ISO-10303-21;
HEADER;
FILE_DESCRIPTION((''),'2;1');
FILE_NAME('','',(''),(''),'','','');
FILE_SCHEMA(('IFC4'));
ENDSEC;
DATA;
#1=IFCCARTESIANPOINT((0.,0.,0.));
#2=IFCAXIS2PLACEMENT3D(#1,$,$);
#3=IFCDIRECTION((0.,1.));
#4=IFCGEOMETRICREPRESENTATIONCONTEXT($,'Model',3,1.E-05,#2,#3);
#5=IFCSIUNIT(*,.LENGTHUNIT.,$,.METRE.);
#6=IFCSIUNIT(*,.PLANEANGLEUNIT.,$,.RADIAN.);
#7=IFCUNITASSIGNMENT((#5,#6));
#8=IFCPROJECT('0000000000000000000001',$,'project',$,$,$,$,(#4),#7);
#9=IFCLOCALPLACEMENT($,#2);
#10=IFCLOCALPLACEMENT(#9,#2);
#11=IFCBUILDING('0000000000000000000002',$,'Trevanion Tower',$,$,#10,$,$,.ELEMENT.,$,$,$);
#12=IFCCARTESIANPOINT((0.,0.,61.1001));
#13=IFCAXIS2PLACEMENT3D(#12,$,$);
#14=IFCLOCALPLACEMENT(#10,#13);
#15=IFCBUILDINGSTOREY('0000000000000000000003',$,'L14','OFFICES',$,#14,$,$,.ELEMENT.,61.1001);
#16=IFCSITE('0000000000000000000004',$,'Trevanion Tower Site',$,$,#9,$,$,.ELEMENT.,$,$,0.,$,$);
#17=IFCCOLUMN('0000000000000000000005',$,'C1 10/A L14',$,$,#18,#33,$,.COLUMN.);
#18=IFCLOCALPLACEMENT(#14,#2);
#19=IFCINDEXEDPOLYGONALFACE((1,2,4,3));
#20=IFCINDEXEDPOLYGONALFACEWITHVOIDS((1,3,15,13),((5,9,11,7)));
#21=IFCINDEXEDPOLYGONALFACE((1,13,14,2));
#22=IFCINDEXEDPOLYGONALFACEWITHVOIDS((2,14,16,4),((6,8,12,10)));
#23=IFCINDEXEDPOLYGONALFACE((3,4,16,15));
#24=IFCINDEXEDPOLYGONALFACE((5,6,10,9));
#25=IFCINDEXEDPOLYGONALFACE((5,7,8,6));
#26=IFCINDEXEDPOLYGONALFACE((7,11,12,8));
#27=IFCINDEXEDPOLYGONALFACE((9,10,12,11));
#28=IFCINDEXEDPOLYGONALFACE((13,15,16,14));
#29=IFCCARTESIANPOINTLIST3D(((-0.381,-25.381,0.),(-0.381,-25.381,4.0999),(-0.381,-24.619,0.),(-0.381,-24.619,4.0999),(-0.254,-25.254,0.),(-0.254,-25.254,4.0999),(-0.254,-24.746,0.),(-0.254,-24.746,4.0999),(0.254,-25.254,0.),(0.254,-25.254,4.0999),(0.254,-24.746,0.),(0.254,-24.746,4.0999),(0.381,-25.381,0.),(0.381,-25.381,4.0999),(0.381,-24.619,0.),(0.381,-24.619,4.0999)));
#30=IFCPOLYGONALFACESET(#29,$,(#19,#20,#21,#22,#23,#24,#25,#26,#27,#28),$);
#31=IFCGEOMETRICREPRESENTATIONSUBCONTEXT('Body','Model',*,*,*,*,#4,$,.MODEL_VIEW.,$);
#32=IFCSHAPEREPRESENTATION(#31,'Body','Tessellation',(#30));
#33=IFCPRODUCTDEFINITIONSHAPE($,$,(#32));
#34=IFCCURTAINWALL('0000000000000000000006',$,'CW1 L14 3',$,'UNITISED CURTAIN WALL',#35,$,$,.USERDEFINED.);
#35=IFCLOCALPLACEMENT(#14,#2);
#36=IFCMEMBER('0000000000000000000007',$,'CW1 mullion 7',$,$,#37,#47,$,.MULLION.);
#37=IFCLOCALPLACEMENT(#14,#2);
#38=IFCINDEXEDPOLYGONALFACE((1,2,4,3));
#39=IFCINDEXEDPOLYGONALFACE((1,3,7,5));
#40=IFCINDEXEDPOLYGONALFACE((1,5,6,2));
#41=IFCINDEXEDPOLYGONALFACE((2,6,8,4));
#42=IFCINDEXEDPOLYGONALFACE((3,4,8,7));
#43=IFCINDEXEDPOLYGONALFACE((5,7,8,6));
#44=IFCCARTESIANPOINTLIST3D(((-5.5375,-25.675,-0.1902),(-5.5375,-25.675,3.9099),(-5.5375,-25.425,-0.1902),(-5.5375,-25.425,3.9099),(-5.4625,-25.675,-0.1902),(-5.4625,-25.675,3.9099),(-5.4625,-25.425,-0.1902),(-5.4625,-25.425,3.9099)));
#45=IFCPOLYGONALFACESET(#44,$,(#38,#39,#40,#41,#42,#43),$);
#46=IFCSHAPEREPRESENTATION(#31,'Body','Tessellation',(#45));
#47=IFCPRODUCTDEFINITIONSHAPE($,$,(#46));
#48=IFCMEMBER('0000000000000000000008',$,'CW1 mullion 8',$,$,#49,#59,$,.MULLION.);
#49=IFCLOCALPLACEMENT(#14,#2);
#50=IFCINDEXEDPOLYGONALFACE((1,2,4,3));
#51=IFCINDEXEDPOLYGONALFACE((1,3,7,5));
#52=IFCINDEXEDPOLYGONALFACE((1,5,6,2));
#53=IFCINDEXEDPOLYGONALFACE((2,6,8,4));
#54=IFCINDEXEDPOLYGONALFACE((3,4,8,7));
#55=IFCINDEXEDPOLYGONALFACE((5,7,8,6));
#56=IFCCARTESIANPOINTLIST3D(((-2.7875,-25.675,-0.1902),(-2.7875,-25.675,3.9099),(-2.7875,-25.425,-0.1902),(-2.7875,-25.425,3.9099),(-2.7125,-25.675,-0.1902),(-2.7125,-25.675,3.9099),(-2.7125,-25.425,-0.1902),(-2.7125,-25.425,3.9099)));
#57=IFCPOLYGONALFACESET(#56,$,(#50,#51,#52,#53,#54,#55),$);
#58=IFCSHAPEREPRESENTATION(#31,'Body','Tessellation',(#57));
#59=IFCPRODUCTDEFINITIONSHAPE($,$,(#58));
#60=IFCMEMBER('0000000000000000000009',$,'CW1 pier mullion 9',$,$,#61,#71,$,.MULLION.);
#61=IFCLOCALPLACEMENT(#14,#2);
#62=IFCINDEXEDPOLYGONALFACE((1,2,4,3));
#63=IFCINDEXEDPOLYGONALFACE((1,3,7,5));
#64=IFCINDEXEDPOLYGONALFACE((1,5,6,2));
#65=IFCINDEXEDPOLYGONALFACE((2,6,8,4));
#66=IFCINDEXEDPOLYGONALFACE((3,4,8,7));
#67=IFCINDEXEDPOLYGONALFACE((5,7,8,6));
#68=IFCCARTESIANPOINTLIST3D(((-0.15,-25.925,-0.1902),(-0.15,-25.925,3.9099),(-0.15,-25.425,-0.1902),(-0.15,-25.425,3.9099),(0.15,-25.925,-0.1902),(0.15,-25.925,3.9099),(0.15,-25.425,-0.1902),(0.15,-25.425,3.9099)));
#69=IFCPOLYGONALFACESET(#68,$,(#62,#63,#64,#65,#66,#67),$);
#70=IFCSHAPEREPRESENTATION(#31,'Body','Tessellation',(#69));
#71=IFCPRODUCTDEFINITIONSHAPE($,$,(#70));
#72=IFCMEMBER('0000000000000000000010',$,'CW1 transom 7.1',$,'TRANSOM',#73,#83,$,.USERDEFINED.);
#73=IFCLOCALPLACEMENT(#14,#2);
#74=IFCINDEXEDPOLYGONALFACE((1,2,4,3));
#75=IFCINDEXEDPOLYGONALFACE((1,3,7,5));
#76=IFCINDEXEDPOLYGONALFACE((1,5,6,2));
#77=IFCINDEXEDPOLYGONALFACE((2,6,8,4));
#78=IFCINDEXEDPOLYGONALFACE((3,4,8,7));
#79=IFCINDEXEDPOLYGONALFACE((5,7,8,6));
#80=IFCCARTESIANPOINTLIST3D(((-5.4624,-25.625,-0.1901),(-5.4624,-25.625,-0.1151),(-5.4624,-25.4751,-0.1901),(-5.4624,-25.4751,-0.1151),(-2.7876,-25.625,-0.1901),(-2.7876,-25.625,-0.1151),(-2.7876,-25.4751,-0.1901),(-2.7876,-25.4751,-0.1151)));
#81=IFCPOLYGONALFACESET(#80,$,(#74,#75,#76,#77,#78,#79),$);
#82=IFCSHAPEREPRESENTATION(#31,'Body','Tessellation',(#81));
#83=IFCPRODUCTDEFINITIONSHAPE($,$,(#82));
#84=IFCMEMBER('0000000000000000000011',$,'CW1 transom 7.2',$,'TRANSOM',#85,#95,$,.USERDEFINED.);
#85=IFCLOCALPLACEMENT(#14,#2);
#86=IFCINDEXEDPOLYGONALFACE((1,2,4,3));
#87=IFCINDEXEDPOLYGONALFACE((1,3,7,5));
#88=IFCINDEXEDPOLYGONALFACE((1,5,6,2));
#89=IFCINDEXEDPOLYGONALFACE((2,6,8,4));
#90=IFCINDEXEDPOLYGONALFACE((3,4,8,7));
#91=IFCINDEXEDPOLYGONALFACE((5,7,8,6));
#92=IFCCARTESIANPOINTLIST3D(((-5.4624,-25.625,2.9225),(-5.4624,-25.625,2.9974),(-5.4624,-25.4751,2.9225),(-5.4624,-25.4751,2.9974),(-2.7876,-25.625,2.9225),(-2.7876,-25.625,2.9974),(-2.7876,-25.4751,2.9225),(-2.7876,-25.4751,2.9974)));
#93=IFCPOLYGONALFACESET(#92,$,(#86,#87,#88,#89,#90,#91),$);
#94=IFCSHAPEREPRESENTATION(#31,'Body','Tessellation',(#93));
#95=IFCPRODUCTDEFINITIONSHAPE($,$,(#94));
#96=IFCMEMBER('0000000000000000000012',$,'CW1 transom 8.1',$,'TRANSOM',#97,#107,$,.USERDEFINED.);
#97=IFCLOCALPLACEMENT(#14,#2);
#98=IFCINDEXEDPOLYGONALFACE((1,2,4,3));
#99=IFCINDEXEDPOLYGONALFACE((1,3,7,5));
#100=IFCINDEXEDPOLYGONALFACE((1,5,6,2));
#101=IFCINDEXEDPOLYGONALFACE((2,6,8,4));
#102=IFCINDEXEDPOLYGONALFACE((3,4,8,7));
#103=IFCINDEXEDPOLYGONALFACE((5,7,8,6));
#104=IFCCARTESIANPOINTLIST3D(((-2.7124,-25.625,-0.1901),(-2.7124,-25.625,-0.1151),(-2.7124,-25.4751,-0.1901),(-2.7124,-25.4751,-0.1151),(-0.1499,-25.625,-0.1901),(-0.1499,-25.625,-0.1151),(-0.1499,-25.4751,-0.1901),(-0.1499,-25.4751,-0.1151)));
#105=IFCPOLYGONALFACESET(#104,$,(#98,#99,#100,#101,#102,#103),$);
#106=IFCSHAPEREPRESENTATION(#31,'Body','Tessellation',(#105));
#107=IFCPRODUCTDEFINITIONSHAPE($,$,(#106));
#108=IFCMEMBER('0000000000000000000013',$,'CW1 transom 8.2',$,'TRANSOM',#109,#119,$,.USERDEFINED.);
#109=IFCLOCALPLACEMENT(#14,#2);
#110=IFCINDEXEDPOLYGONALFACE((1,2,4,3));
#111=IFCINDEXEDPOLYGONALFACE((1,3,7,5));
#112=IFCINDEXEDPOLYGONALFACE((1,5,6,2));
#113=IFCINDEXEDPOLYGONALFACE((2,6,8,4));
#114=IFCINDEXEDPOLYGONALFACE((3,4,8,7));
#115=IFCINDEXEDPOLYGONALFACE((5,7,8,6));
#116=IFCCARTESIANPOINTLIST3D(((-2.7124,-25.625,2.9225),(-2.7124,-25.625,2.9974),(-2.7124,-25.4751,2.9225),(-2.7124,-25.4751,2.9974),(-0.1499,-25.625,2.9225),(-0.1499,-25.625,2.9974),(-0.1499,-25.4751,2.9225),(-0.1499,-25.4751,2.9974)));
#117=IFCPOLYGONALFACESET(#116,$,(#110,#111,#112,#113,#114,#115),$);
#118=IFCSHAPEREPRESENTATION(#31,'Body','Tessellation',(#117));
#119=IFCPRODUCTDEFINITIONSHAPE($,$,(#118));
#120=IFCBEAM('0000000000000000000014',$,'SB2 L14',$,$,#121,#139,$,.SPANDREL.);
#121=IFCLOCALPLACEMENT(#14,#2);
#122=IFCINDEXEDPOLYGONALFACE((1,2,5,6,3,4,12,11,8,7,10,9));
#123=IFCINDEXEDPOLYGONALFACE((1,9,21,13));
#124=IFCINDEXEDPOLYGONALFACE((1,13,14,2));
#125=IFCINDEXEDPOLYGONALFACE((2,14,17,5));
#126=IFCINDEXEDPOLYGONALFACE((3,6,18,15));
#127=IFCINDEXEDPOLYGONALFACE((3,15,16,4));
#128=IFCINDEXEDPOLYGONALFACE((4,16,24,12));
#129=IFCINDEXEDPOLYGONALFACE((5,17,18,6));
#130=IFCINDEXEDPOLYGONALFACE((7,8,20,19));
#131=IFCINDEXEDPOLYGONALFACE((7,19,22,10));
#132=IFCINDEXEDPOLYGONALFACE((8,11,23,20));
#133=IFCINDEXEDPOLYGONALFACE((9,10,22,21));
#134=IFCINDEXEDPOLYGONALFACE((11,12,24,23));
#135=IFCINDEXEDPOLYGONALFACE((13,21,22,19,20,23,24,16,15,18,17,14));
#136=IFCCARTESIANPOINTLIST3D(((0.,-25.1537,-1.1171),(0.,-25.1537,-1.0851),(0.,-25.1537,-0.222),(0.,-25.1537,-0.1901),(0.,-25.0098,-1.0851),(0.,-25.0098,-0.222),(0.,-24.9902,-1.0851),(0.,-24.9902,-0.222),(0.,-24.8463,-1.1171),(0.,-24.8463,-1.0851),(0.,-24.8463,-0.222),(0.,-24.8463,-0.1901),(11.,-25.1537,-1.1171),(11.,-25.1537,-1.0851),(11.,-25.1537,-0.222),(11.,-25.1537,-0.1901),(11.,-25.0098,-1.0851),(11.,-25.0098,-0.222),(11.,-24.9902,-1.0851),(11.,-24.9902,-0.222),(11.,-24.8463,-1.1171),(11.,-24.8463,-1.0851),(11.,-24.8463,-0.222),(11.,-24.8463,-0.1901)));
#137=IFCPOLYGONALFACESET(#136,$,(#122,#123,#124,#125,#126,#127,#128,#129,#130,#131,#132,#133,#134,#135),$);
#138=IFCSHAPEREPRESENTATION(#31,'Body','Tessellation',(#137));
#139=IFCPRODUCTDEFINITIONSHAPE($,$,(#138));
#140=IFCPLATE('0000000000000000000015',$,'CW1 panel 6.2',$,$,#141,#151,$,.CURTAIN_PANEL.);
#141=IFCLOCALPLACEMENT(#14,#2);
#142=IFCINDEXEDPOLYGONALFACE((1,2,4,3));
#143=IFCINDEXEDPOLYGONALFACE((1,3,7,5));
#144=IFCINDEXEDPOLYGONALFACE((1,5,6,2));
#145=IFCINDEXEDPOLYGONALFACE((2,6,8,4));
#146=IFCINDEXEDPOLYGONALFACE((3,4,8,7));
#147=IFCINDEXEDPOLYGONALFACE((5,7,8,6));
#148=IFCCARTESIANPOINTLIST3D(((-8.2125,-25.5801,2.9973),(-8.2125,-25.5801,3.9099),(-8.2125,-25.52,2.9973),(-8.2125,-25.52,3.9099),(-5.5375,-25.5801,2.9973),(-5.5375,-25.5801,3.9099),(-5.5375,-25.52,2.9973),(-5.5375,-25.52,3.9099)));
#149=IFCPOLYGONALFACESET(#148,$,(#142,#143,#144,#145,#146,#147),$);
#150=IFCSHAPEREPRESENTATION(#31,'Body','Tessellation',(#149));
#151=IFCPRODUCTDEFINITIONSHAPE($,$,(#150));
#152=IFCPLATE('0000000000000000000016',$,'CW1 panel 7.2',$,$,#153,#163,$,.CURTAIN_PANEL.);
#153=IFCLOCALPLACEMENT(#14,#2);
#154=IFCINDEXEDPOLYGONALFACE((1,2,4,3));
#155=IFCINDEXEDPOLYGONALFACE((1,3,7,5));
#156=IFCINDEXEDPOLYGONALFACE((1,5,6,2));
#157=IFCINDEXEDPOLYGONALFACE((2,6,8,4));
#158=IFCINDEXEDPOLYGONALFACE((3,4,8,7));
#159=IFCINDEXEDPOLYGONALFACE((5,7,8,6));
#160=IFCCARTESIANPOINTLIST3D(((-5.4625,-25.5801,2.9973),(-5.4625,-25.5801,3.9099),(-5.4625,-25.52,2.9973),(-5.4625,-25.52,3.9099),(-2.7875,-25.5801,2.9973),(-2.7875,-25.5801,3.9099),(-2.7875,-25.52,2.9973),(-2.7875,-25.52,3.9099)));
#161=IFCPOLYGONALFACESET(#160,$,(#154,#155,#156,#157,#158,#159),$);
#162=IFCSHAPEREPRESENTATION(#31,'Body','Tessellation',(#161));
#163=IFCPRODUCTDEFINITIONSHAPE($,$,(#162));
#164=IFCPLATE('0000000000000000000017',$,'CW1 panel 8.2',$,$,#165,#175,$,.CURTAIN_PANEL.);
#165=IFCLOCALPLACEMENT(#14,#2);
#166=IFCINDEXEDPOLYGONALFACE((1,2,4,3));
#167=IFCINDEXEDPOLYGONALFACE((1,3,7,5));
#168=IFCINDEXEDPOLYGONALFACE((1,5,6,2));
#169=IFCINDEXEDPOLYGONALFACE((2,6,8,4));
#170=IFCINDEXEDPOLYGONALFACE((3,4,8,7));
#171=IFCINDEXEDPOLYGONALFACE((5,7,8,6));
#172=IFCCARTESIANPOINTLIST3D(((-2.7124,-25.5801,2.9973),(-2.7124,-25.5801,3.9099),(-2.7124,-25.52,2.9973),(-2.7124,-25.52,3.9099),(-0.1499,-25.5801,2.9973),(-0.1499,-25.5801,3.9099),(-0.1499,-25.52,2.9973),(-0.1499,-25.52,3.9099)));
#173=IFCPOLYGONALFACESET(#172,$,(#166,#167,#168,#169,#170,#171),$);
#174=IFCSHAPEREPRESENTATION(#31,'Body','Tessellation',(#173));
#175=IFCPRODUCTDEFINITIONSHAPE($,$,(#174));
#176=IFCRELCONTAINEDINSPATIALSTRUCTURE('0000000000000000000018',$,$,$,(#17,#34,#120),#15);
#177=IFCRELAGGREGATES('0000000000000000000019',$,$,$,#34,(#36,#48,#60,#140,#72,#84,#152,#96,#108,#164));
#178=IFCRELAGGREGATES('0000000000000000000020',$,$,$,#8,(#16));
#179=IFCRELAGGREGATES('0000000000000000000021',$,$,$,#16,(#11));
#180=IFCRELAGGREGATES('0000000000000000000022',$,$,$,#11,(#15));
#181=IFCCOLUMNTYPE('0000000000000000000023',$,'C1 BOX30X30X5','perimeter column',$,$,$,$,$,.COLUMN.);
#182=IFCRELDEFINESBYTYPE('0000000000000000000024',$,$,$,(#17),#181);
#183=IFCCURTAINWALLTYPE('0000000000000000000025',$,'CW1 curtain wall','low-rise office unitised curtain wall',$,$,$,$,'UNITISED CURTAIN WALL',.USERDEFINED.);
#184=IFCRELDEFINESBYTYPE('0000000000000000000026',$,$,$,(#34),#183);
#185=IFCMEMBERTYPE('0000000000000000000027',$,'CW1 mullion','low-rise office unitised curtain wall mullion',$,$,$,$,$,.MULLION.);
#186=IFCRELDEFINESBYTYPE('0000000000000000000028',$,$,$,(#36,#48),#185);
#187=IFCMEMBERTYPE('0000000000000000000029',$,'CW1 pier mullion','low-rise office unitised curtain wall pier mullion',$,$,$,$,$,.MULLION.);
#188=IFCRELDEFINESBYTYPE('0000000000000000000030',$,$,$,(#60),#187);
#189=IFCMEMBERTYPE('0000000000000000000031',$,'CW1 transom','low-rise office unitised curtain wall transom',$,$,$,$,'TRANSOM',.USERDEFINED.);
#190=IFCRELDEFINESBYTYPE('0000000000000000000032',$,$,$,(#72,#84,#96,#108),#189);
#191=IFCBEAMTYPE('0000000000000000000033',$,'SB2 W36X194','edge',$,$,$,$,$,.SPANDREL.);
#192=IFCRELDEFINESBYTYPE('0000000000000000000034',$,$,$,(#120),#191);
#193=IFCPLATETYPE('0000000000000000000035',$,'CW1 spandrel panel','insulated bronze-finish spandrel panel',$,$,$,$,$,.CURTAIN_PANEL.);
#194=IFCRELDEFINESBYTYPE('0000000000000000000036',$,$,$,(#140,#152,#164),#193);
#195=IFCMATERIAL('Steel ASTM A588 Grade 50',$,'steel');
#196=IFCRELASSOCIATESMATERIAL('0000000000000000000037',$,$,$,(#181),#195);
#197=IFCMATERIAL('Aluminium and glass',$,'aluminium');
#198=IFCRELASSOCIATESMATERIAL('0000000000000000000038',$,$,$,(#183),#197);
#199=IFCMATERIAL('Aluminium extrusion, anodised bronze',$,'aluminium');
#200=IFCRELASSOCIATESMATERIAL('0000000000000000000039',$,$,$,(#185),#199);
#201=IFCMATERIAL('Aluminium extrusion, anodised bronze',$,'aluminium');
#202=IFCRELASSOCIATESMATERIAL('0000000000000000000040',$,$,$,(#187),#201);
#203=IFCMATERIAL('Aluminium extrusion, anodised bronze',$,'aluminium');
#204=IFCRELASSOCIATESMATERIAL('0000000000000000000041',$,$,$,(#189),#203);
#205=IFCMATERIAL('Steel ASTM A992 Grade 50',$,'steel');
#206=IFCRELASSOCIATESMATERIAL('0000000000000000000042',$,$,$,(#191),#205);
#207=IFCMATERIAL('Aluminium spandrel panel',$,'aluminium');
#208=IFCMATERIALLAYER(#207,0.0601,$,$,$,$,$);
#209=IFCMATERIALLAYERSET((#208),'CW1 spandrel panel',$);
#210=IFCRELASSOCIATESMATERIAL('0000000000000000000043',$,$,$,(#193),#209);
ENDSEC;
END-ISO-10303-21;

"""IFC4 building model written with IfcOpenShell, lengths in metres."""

from ifc_helpers import new_model, si_unit, direction, frame, origin, origin_2d, place, context, subcontext, project, spatial, rectangle, hollow_rectangle, i_section, extrude, material, layer, layer_set, material_profile, profile_set, type_object, element, aggregate, save


model = new_model("IFC4")

# Units and contexts
model_context = context("Model", 3, precision=1e-05, world=origin(), true_north=direction((0.0, 1.0)))
body_context = subcontext(model_context, "Body", "Model", "MODEL_VIEW")
ifc_project = project(units=[si_unit("LENGTHUNIT", "METRE"), si_unit("PLANEANGLEUNIT", "RADIAN")], contexts=[model_context])

# Site, building, storey
site_placement = place(None, origin())
site = spatial("IfcSite", under=ifc_project, at=site_placement, Name="Trevanion Tower Site", CompositionType="ELEMENT", RefElevation=0.0)
building_placement = place(site_placement, origin())
building = spatial("IfcBuilding", under=site, at=building_placement, Name="Trevanion Tower", CompositionType="ELEMENT")
storey_placement = place(building_placement, frame((0.0, 0.0, 61.1001)))
storey = spatial("IfcBuildingStorey", under=building, at=storey_placement, Name="L14", Description="OFFICES", CompositionType="ELEMENT", Elevation=61.1001)

# Column
ifc_material_1 = material(Name="Steel ASTM A588 Grade 50", Category="steel")
ifc_material_profile_1 = material_profile(ifc_material_1, hollow_rectangle(XDim=0.762, YDim=0.762, WallThickness=0.127, at=origin_2d()), Name="BOX30X30X5")
ifc_profile_set_1 = profile_set([ifc_material_profile_1], Name="Steel ASTM A588 Grade 50")
column_type = type_object("IfcColumnType", Name="C1 BOX30X30X5", Description="perimeter column", PredefinedType="COLUMN", material=ifc_profile_set_1)
column_placement = place(storey_placement, frame((0.0, -25.0, 0.0), z_axis=(0.0, 0.0, 1.0), x_axis=(1.0, 0.0, 0.0)))
element("IfcColumn", 1, at=column_placement, inside=storey, type_object=column_type, Name="C1 10/A L14", PredefinedType="COLUMN", context=body_context, shape_type="SweptSolid", body=[
    extrude(hollow_rectangle(XDim=0.762, YDim=0.762, WallThickness=0.127, at=origin_2d()), origin(), (0.0, 0.0, 1.0), 4.0999),
])

# Curtain wall, members
ifc_material_2 = material(Name="Aluminium and glass", Category="aluminium")
curtain_wall_type = type_object("IfcCurtainWallType", Name="CW1 curtain wall", Description="low-rise office unitised curtain wall", ElementType="UNITISED CURTAIN WALL", PredefinedType="USERDEFINED", material=ifc_material_2)
curtain_wall_placement = place(storey_placement, origin())
curtain_wall = element("IfcCurtainWall", 2, at=curtain_wall_placement, inside=storey, type_object=curtain_wall_type, Name="CW1 L14 3", ObjectType="UNITISED CURTAIN WALL", PredefinedType="USERDEFINED")
ifc_material_3 = material(Name="Aluminium extrusion, anodised bronze", Category="aluminium")
ifc_material_profile_2 = material_profile(ifc_material_3, rectangle(XDim=0.075, YDim=0.25, at=origin_2d()), Name="CW1 mullion")
ifc_profile_set_2 = profile_set([ifc_material_profile_2], Name="Aluminium extrusion, anodised bronze")
member_type_1 = type_object("IfcMemberType", Name="CW1 mullion", Description="low-rise office unitised curtain wall mullion", PredefinedType="MULLION", material=ifc_profile_set_2)
member_1_placement = place(storey_placement, frame((-5.5, -25.55, -0.1902), z_axis=(0.0, 0.0, 1.0), x_axis=(1.0, 0.0, 0.0)))
member_1 = element("IfcMember", 3, at=member_1_placement, type_object=member_type_1, Name="CW1 mullion 7", PredefinedType="MULLION", context=body_context, shape_type="SweptSolid", body=[
    extrude(rectangle(XDim=0.075, YDim=0.25, at=origin_2d()), origin(), (0.0, 0.0, 1.0), 4.1001),
])
member_2_placement = place(storey_placement, frame((-2.75, -25.55, -0.1902), z_axis=(0.0, 0.0, 1.0), x_axis=(1.0, 0.0, 0.0)))
member_2 = element("IfcMember", 4, at=member_2_placement, type_object=member_type_1, Name="CW1 mullion 8", PredefinedType="MULLION", context=body_context, shape_type="SweptSolid", body=[
    extrude(rectangle(XDim=0.075, YDim=0.25, at=origin_2d()), origin(), (0.0, 0.0, 1.0), 4.1001),
])
ifc_material_4 = material(Name="Aluminium extrusion, anodised bronze", Category="aluminium")
ifc_material_profile_3 = material_profile(ifc_material_4, rectangle(XDim=0.3, YDim=0.5, at=origin_2d()), Name="CW1 pier mullion")
ifc_profile_set_3 = profile_set([ifc_material_profile_3], Name="Aluminium extrusion, anodised bronze")
member_type_2 = type_object("IfcMemberType", Name="CW1 pier mullion", Description="low-rise office unitised curtain wall pier mullion", PredefinedType="MULLION", material=ifc_profile_set_3)
member_3_placement = place(storey_placement, frame((0.0, -25.675, -0.1902), z_axis=(0.0, 0.0, 1.0), x_axis=(1.0, 0.0, 0.0)))
member_3 = element("IfcMember", 5, at=member_3_placement, type_object=member_type_2, Name="CW1 pier mullion 9", PredefinedType="MULLION", context=body_context, shape_type="SweptSolid", body=[
    extrude(rectangle(XDim=0.3, YDim=0.5, at=origin_2d()), origin(), (0.0, 0.0, 1.0), 4.1001),
])
ifc_material_5 = material(Name="Aluminium extrusion, anodised bronze", Category="aluminium")
ifc_material_profile_4 = material_profile(ifc_material_5, rectangle(XDim=0.1499, YDim=0.075, at=origin_2d()), Name="CW1 transom")
ifc_profile_set_4 = profile_set([ifc_material_profile_4], Name="Aluminium extrusion, anodised bronze")
member_type_3 = type_object("IfcMemberType", Name="CW1 transom", Description="low-rise office unitised curtain wall transom", ElementType="TRANSOM", PredefinedType="USERDEFINED", material=ifc_profile_set_4)
member_4_placement = place(storey_placement, frame((-5.4624, -25.55, -0.1526), z_axis=(1.0, 0.0, 0.0), x_axis=(0.0, 1.0, 0.0)))
member_4 = element("IfcMember", 6, at=member_4_placement, type_object=member_type_3, Name="CW1 transom 7.1", ObjectType="TRANSOM", PredefinedType="USERDEFINED", context=body_context, shape_type="SweptSolid", body=[
    extrude(rectangle(XDim=0.1499, YDim=0.075, at=origin_2d()), origin(), (0.0, 0.0, 1.0), 2.6748),
])
member_5_placement = place(storey_placement, frame((-5.4624, -25.55, 2.96), z_axis=(1.0, 0.0, 0.0), x_axis=(0.0, 1.0, 0.0)))
member_5 = element("IfcMember", 7, at=member_5_placement, type_object=member_type_3, Name="CW1 transom 7.2", ObjectType="TRANSOM", PredefinedType="USERDEFINED", context=body_context, shape_type="SweptSolid", body=[
    extrude(rectangle(XDim=0.1499, YDim=0.075, at=origin_2d()), origin(), (0.0, 0.0, 1.0), 2.6748),
])
member_6_placement = place(storey_placement, frame((-2.7124, -25.55, -0.1526), z_axis=(1.0, 0.0, 0.0), x_axis=(0.0, 1.0, 0.0)))
member_6 = element("IfcMember", 8, at=member_6_placement, type_object=member_type_3, Name="CW1 transom 8.1", ObjectType="TRANSOM", PredefinedType="USERDEFINED", context=body_context, shape_type="SweptSolid", body=[
    extrude(rectangle(XDim=0.1499, YDim=0.075, at=origin_2d()), origin(), (0.0, 0.0, 1.0), 2.5625),
])
member_7_placement = place(storey_placement, frame((-2.7124, -25.55, 2.96), z_axis=(1.0, 0.0, 0.0), x_axis=(0.0, 1.0, 0.0)))
member_7 = element("IfcMember", 9, at=member_7_placement, type_object=member_type_3, Name="CW1 transom 8.2", ObjectType="TRANSOM", PredefinedType="USERDEFINED", context=body_context, shape_type="SweptSolid", body=[
    extrude(rectangle(XDim=0.1499, YDim=0.075, at=origin_2d()), origin(), (0.0, 0.0, 1.0), 2.5625),
])

# Beam
ifc_material_6 = material(Name="Steel ASTM A992 Grade 50", Category="steel")
ifc_material_profile_5 = material_profile(ifc_material_6, i_section(OverallWidth=0.3074, OverallDepth=0.927, WebThickness=0.0195, FlangeThickness=0.032, at=origin_2d()), Name="W36X194")
ifc_profile_set_5 = profile_set([ifc_material_profile_5], Name="Steel ASTM A992 Grade 50")
beam_type = type_object("IfcBeamType", Name="SB2 W36X194", Description="edge", PredefinedType="SPANDREL", material=ifc_profile_set_5)
beam_placement = place(storey_placement, frame((0.0, -25.0, -0.6536), z_axis=(1.0, 0.0, 0.0), x_axis=(0.0, 1.0, 0.0)))
element("IfcBeam", 10, at=beam_placement, inside=storey, type_object=beam_type, Name="SB2 L14", PredefinedType="SPANDREL", context=body_context, shape_type="SweptSolid", body=[
    extrude(i_section(OverallWidth=0.3074, OverallDepth=0.927, WebThickness=0.0195, FlangeThickness=0.032, at=origin_2d()), origin(), (0.0, 0.0, 1.0), 11.0),
])

# Plates
ifc_material_7 = material(Name="Aluminium spandrel panel", Category="aluminium")
ifc_layer_1 = layer(ifc_material_7, 0.0601)
ifc_layer_set_1 = layer_set([ifc_layer_1], Name="CW1 spandrel panel")
plate_type_1 = type_object("IfcPlateType", Name="CW1 spandrel panel", Description="insulated bronze-finish spandrel panel", PredefinedType="CURTAIN_PANEL", material=ifc_layer_set_1)
plate_1_placement = place(storey_placement, frame((-6.875, -25.55, 2.9973), z_axis=(0.0, 0.0, 1.0), x_axis=(1.0, 0.0, 0.0)))
plate_1 = element("IfcPlate", 11, at=plate_1_placement, type_object=plate_type_1, Name="CW1 panel 6.2", PredefinedType="CURTAIN_PANEL", context=body_context, shape_type="SweptSolid", body=[
    extrude(rectangle(XDim=2.675, YDim=0.0601, at=origin_2d()), origin(), (0.0, 0.0, 1.0), 0.9126),
])
plate_2_placement = place(storey_placement, frame((-4.125, -25.55, 2.9973), z_axis=(0.0, 0.0, 1.0), x_axis=(1.0, 0.0, 0.0)))
plate_2 = element("IfcPlate", 12, at=plate_2_placement, type_object=plate_type_1, Name="CW1 panel 7.2", PredefinedType="CURTAIN_PANEL", context=body_context, shape_type="SweptSolid", body=[
    extrude(rectangle(XDim=2.675, YDim=0.0601, at=origin_2d()), origin(), (0.0, 0.0, 1.0), 0.9126),
])
plate_3_placement = place(storey_placement, frame((-1.4312, -25.55, 2.9973), z_axis=(0.0, 0.0, 1.0), x_axis=(1.0, 0.0, 0.0)))
plate_3 = element("IfcPlate", 13, at=plate_3_placement, type_object=plate_type_1, Name="CW1 panel 8.2", PredefinedType="CURTAIN_PANEL", context=body_context, shape_type="SweptSolid", body=[
    extrude(rectangle(XDim=2.5625, YDim=0.0601, at=origin_2d()), origin(), (0.0, 0.0, 1.0), 0.9126),
])
aggregate(curtain_wall, [member_1, member_2, member_3, plate_1, member_4, member_5, plate_2, member_6, member_7, plate_3])

save(model, "model.ifc")
